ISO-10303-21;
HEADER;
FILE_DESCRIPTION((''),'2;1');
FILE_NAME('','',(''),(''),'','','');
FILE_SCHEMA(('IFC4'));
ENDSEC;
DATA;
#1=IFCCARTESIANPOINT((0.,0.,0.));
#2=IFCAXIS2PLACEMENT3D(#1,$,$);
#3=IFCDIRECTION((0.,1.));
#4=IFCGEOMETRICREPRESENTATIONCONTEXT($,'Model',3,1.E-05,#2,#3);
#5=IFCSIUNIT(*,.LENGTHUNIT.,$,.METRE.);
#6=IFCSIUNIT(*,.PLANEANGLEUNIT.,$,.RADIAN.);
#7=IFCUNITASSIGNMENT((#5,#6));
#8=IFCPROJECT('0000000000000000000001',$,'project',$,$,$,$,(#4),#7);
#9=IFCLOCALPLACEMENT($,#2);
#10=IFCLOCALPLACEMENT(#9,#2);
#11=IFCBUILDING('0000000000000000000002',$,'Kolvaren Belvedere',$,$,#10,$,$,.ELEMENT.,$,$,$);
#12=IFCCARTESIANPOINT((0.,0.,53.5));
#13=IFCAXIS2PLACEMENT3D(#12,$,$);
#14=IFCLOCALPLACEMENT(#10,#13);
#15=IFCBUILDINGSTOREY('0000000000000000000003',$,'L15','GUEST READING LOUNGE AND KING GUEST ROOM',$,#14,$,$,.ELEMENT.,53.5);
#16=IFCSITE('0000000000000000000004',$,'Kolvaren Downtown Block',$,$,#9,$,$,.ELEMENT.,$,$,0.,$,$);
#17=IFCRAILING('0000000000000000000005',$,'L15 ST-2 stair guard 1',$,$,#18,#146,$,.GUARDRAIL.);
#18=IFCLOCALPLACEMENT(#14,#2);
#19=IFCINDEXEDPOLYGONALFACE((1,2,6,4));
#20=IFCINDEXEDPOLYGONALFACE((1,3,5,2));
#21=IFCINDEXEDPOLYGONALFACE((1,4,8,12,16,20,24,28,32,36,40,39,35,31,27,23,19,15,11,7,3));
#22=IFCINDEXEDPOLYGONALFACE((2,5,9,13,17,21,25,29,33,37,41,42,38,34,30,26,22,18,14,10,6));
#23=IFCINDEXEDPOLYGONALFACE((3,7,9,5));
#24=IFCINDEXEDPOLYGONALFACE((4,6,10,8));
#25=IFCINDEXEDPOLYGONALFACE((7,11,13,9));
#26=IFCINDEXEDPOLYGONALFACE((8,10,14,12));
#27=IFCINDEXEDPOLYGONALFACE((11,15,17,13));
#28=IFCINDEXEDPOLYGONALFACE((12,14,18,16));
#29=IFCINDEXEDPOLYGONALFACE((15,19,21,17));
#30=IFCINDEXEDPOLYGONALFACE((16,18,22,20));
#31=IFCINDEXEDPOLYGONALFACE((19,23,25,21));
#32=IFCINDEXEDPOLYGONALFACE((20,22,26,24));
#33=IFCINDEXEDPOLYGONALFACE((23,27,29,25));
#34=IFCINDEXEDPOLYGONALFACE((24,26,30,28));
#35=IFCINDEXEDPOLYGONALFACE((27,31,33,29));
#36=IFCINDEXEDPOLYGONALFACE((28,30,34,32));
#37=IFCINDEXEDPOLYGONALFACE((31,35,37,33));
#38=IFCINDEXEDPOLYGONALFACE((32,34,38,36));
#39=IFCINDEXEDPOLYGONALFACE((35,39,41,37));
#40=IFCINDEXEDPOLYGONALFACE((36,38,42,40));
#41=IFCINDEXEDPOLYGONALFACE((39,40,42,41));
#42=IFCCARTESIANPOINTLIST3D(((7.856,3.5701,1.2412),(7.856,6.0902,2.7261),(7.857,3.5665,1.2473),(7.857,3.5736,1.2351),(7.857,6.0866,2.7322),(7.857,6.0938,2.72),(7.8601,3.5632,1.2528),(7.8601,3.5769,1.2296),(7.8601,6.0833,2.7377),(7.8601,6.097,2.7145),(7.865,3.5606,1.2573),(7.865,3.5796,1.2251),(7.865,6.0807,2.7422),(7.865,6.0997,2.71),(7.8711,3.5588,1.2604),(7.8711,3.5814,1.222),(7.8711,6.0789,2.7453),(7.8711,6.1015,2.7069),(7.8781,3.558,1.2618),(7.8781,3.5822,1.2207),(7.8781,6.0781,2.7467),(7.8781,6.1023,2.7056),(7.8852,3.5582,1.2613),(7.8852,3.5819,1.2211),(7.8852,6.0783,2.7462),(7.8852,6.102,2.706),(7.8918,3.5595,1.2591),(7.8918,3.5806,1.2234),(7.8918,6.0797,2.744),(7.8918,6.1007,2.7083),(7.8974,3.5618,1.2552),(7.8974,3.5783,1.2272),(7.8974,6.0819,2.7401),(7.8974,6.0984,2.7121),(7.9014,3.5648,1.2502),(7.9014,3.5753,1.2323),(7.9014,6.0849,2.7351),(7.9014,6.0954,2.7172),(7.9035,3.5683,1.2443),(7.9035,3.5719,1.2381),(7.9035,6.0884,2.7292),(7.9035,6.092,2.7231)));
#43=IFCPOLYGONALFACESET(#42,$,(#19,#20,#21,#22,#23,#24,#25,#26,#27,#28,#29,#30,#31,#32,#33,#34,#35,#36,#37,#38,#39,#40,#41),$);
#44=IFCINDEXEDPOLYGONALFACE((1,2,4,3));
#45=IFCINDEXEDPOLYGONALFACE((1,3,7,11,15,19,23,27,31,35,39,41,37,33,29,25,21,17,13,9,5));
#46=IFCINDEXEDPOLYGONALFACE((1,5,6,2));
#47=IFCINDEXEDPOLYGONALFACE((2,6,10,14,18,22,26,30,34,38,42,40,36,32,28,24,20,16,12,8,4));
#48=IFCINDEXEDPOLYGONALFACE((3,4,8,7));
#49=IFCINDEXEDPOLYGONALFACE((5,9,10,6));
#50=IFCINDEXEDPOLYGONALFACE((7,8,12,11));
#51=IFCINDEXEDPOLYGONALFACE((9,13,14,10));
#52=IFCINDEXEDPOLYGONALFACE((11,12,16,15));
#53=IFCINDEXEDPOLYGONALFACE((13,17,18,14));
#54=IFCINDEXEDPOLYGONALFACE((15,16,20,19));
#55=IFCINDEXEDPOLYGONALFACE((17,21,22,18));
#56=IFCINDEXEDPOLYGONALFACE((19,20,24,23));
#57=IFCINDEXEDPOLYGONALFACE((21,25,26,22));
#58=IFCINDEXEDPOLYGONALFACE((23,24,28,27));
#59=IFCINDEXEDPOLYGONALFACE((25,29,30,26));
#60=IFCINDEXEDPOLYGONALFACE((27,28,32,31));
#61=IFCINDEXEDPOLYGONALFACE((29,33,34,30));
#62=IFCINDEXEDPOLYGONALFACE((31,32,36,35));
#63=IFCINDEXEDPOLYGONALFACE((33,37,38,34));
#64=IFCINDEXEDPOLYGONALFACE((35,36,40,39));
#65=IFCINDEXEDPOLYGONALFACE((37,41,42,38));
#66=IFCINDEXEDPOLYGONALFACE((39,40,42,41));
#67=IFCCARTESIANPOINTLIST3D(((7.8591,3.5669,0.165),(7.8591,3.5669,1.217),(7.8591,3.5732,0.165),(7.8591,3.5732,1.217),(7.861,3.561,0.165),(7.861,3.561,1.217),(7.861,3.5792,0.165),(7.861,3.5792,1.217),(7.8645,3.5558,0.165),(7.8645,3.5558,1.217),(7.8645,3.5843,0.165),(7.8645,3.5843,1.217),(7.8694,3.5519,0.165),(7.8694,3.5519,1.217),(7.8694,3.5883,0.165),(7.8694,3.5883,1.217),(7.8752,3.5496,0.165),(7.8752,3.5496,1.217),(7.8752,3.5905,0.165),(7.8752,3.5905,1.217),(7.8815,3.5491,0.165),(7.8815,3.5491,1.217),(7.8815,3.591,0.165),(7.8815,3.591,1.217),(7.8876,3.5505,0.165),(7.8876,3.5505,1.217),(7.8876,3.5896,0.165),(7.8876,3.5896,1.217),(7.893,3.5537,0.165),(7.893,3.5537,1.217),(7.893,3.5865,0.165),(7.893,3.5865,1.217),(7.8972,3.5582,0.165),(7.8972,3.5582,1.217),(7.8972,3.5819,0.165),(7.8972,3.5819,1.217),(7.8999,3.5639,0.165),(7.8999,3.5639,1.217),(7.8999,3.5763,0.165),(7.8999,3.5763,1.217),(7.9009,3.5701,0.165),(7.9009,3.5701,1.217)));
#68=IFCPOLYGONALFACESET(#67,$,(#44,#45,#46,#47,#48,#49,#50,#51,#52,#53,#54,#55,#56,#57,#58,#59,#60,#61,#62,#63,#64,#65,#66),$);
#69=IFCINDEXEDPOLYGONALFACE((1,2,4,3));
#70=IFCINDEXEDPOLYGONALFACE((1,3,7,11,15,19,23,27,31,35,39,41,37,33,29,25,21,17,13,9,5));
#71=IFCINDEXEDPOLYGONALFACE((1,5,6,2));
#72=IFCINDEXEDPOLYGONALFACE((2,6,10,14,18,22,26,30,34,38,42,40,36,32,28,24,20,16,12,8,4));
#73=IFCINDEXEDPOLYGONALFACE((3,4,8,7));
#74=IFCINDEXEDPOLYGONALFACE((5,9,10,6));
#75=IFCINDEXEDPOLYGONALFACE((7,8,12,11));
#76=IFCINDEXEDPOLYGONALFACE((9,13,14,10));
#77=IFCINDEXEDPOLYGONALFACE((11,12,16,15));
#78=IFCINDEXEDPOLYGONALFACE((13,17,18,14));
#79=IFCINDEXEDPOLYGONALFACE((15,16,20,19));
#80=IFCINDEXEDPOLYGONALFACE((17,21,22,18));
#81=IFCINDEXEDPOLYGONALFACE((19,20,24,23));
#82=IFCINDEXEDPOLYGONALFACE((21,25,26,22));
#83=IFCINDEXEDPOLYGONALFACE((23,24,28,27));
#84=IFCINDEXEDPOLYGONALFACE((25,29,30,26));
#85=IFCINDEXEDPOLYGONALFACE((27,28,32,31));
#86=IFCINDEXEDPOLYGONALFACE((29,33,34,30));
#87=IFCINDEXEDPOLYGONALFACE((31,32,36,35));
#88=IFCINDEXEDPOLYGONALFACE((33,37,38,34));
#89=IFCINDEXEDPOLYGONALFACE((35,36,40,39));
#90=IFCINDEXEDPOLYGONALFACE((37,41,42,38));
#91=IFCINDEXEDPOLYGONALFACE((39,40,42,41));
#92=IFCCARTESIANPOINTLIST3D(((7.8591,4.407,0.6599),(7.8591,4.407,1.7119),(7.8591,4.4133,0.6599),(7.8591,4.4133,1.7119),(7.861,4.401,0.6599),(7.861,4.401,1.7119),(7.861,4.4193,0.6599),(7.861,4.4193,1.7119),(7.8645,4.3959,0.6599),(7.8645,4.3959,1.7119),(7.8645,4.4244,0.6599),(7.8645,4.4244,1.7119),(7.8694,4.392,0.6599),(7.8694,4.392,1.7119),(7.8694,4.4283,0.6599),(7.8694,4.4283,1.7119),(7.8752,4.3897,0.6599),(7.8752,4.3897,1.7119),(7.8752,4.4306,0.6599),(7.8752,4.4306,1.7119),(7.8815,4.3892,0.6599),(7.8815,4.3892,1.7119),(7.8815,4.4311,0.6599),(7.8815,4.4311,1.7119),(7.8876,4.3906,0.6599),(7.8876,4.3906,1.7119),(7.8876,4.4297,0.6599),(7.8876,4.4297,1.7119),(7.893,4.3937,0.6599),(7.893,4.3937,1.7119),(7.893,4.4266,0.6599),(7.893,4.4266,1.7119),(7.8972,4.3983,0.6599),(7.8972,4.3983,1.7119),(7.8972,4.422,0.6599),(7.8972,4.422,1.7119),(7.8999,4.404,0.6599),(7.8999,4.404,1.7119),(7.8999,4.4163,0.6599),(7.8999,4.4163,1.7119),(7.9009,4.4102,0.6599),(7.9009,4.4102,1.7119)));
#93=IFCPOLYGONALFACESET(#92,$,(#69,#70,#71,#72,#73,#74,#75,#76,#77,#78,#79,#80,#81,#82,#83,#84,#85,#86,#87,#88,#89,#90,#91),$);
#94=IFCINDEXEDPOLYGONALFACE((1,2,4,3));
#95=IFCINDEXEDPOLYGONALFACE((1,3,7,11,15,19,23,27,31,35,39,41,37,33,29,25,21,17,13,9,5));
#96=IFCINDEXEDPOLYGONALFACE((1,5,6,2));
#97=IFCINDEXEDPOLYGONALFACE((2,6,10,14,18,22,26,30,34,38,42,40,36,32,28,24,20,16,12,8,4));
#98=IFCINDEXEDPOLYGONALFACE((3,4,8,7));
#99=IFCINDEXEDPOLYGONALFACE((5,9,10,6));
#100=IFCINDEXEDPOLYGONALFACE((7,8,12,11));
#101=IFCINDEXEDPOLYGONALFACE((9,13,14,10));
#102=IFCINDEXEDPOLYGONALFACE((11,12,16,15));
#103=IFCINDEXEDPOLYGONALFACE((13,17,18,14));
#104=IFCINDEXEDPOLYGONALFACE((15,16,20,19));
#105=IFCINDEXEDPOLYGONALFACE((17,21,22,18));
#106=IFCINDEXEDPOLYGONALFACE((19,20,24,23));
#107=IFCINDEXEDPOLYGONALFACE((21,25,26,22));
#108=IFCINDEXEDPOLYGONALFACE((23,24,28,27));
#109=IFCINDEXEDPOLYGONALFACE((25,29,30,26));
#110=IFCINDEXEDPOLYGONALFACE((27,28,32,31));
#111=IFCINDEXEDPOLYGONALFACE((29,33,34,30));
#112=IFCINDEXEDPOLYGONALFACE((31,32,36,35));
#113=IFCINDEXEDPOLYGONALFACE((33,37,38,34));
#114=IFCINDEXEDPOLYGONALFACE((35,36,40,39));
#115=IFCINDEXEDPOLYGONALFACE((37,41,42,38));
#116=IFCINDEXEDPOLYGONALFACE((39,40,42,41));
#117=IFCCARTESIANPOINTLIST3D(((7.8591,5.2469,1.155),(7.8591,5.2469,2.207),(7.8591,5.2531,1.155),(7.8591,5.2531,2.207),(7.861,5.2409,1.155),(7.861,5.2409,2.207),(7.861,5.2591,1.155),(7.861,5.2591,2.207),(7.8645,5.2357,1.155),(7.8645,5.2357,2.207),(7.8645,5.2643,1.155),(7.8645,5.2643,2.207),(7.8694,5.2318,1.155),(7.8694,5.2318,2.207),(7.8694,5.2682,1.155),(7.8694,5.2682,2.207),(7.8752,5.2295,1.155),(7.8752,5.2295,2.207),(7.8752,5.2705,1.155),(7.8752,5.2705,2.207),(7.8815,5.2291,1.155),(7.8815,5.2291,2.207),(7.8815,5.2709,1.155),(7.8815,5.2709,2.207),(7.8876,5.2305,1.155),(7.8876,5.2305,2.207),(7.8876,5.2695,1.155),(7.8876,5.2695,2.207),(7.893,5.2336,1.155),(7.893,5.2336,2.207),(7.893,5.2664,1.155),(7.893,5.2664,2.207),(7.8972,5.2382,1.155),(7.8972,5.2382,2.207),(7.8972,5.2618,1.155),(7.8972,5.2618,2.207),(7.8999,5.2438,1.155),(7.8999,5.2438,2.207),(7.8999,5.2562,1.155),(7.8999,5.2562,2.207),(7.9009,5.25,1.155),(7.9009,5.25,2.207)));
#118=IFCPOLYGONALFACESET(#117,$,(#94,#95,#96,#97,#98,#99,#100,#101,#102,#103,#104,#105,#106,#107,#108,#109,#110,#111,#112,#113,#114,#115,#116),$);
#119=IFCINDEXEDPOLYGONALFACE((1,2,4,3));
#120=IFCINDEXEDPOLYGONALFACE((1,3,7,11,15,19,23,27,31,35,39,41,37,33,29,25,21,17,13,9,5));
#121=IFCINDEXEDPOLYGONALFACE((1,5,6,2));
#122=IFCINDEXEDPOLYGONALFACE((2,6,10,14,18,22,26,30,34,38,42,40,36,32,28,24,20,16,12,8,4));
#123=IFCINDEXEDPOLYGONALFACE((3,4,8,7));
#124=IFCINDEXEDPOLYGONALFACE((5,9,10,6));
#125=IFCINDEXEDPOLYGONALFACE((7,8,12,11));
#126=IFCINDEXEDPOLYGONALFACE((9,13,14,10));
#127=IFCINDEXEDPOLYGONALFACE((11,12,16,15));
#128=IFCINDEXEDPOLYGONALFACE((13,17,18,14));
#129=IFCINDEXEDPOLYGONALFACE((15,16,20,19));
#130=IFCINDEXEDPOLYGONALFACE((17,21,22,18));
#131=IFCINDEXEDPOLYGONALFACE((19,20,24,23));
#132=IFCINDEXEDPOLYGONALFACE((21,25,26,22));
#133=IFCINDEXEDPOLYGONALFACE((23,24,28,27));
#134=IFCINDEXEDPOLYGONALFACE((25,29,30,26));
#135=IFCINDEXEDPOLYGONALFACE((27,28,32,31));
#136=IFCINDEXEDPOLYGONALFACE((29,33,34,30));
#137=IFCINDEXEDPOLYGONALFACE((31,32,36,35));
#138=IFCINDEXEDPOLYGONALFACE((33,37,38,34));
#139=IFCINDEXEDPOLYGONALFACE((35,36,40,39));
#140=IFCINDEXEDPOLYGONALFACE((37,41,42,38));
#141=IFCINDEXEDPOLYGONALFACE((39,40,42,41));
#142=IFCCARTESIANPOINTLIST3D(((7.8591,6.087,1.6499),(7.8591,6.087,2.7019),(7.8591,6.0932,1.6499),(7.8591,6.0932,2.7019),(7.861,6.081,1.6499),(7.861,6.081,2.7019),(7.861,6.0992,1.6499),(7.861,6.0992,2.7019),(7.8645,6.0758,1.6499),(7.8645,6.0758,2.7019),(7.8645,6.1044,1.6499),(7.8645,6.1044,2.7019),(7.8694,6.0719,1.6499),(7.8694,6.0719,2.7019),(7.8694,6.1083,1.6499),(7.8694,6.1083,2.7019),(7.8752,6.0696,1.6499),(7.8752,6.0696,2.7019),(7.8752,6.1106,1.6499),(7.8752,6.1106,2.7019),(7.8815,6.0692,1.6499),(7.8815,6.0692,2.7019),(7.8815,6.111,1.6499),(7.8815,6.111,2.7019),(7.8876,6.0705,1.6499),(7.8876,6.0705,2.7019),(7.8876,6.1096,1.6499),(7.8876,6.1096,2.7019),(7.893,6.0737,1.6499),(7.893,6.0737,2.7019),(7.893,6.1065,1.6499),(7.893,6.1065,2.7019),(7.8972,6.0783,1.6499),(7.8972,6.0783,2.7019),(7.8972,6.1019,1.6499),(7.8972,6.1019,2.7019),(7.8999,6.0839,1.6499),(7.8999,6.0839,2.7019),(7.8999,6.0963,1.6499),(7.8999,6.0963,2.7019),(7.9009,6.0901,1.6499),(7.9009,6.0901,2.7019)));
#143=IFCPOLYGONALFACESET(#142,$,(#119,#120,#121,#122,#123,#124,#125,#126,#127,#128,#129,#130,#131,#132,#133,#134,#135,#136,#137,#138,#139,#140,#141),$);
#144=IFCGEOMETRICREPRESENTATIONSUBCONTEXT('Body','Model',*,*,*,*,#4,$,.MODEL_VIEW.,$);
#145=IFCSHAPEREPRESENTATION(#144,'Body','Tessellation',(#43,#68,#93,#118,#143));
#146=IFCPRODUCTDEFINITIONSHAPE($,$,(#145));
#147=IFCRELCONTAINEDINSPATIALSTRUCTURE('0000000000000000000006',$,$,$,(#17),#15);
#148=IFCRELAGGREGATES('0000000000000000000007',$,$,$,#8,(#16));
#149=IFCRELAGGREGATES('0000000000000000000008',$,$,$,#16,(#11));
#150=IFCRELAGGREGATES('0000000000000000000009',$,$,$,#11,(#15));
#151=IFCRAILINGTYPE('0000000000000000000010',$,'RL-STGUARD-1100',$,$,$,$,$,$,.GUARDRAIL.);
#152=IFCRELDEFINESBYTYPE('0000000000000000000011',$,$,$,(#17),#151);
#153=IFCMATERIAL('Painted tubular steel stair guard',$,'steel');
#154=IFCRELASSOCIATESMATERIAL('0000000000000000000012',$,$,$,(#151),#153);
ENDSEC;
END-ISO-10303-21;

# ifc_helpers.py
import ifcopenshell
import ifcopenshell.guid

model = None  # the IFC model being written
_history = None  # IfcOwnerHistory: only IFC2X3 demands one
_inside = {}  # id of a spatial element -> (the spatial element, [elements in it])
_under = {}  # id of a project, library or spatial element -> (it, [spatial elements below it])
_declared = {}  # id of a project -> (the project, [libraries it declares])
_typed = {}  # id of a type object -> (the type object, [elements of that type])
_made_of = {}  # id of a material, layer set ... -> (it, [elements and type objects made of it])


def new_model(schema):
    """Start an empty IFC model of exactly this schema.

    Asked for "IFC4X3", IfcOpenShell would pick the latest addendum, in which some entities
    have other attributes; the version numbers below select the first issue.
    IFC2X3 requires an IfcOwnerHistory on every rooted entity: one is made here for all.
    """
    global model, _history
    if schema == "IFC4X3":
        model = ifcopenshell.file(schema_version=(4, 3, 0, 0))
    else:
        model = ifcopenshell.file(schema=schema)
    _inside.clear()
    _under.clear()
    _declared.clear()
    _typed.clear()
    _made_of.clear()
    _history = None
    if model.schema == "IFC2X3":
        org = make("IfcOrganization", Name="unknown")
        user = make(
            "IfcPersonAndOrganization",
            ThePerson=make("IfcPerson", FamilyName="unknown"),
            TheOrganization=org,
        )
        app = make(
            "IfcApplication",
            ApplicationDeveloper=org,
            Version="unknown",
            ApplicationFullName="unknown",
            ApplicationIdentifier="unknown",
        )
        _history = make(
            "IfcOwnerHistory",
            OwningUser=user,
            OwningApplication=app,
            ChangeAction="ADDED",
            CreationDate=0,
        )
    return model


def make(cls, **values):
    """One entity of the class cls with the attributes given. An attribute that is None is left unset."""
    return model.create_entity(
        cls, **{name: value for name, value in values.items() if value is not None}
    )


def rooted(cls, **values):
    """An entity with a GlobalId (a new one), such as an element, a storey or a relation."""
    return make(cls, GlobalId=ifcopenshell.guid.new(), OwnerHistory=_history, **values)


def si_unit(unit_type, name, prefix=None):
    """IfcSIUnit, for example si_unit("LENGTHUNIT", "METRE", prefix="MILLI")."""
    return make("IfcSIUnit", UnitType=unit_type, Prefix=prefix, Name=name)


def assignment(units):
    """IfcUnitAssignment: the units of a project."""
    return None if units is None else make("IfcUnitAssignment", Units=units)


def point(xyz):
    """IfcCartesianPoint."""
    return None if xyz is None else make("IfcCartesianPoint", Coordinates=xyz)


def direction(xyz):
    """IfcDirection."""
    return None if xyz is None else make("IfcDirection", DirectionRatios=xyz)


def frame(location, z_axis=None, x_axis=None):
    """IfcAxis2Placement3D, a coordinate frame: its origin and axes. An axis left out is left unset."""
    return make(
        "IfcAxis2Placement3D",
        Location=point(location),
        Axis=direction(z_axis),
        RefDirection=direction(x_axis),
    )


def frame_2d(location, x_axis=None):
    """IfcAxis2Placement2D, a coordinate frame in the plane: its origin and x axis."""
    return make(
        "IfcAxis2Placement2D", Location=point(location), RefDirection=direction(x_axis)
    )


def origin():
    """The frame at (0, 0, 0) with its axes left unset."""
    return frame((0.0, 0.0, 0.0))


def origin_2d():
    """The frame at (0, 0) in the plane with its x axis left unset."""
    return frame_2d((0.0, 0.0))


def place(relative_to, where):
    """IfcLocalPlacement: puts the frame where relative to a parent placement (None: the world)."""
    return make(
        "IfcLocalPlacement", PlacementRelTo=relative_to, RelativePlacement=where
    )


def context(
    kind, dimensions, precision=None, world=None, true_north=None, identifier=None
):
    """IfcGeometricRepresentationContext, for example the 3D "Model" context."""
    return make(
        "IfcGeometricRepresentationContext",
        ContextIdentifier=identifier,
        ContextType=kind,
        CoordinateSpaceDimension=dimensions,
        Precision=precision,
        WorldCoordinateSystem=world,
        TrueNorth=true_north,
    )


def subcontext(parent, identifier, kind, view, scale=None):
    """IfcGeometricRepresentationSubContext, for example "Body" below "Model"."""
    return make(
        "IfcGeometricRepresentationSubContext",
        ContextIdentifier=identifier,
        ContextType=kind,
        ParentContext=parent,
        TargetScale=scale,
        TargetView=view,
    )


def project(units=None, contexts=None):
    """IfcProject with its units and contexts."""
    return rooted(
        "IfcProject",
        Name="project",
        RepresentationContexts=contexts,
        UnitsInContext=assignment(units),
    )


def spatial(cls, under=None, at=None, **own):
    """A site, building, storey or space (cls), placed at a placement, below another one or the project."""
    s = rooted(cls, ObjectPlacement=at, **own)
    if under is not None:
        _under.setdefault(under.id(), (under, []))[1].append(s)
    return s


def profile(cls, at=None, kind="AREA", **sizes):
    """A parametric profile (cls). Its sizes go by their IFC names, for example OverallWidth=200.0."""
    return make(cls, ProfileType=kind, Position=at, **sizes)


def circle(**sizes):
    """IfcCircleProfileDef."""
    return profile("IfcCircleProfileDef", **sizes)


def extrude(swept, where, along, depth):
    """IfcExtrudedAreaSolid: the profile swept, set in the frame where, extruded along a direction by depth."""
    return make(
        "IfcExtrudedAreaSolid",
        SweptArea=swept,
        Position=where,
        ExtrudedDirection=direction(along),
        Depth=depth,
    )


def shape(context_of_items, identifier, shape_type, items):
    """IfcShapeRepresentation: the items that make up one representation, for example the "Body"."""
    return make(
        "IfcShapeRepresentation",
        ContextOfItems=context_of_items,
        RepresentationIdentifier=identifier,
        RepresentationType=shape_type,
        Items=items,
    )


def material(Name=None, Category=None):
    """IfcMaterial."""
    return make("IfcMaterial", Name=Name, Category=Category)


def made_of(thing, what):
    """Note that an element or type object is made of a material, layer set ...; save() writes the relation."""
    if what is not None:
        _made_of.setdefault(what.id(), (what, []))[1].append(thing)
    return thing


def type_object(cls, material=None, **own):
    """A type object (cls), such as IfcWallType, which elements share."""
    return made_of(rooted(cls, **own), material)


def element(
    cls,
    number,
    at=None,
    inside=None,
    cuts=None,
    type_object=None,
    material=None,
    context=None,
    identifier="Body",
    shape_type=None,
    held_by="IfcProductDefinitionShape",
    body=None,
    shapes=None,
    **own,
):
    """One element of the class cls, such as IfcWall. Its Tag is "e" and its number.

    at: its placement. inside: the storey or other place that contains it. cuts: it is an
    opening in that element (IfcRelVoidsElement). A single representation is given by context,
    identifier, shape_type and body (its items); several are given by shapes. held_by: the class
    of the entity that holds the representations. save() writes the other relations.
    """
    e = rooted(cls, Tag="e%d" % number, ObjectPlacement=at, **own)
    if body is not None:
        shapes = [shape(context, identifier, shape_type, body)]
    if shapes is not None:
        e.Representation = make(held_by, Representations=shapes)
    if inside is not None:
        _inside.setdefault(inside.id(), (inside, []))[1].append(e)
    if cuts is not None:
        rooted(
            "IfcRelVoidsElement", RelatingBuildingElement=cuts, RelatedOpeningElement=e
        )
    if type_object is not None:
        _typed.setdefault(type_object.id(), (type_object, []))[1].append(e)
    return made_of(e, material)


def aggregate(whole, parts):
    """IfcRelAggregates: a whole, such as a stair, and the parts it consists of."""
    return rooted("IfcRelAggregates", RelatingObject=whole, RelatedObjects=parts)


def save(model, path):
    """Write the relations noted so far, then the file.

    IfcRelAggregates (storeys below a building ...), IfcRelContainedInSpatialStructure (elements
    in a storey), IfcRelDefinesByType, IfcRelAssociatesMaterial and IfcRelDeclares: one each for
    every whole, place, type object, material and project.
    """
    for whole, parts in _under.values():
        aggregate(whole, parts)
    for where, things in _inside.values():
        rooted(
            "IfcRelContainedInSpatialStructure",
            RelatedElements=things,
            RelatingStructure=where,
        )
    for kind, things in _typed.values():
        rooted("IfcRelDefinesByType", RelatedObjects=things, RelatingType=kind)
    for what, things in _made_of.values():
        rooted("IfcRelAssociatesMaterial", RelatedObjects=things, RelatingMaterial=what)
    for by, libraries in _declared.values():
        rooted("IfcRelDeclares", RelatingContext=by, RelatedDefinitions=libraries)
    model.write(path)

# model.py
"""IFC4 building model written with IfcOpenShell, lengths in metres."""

from ifc_helpers import new_model, si_unit, direction, frame, origin, origin_2d, place, context, subcontext, project, spatial, circle, extrude, material, type_object, element, save


model = new_model("IFC4")

# Units and contexts
model_context = context("Model", 3, precision=1e-05, world=origin(), true_north=direction((0.0, 1.0)))
body_context = subcontext(model_context, "Body", "Model", "MODEL_VIEW")
ifc_project = project(units=[si_unit("LENGTHUNIT", "METRE"), si_unit("PLANEANGLEUNIT", "RADIAN")], contexts=[model_context])

# Site, building, storey
site_placement = place(None, origin())
site = spatial("IfcSite", under=ifc_project, at=site_placement, Name="Kolvaren Downtown Block", CompositionType="ELEMENT", RefElevation=0.0)
building_placement = place(site_placement, origin())
building = spatial("IfcBuilding", under=site, at=building_placement, Name="Kolvaren Belvedere", CompositionType="ELEMENT")
storey_placement = place(building_placement, frame((0.0, 0.0, 53.5)))
storey = spatial("IfcBuildingStorey", under=building, at=storey_placement, Name="L15", Description="GUEST READING LOUNGE AND KING GUEST ROOM", CompositionType="ELEMENT", Elevation=53.5)

# Railing
ifc_material_1 = material(Name="Painted tubular steel stair guard", Category="steel")
railing_type_1 = type_object("IfcRailingType", Name="RL-STGUARD-1100", PredefinedType="GUARDRAIL", material=ifc_material_1)
railing_1_placement = place(storey_placement, frame((7.8799, 3.5701, 0.165)))
element("IfcRailing", 1, at=railing_1_placement, inside=storey, type_object=railing_type_1, Name="L15 ST-2 stair guard 1", PredefinedType="GUARDRAIL", context=body_context, shape_type="SweptSolid", body=[
    extrude(circle(Radius=0.0239, at=origin_2d()), frame((0.0, 0.0, 1.0762), z_axis=(0.0, 0.861561, 0.507655), x_axis=(-1.0, 0.0, 0.0)), (0.0, 0.0, 1.0), 2.925),
    extrude(circle(Radius=0.021, at=origin_2d()), origin(), (0.0, 0.0, 1.0), 1.052),
    extrude(circle(Radius=0.021, at=origin_2d()), frame((0.0, 0.8401, 0.4949)), (0.0, 0.0, 1.0), 1.052),
    extrude(circle(Radius=0.021, at=origin_2d()), frame((0.0, 1.6799, 0.99)), (0.0, 0.0, 1.0), 1.052),
    extrude(circle(Radius=0.021, at=origin_2d()), frame((0.0, 2.52, 1.4849)), (0.0, 0.0, 1.0), 1.052),
])

save(model, "model.ifc")
